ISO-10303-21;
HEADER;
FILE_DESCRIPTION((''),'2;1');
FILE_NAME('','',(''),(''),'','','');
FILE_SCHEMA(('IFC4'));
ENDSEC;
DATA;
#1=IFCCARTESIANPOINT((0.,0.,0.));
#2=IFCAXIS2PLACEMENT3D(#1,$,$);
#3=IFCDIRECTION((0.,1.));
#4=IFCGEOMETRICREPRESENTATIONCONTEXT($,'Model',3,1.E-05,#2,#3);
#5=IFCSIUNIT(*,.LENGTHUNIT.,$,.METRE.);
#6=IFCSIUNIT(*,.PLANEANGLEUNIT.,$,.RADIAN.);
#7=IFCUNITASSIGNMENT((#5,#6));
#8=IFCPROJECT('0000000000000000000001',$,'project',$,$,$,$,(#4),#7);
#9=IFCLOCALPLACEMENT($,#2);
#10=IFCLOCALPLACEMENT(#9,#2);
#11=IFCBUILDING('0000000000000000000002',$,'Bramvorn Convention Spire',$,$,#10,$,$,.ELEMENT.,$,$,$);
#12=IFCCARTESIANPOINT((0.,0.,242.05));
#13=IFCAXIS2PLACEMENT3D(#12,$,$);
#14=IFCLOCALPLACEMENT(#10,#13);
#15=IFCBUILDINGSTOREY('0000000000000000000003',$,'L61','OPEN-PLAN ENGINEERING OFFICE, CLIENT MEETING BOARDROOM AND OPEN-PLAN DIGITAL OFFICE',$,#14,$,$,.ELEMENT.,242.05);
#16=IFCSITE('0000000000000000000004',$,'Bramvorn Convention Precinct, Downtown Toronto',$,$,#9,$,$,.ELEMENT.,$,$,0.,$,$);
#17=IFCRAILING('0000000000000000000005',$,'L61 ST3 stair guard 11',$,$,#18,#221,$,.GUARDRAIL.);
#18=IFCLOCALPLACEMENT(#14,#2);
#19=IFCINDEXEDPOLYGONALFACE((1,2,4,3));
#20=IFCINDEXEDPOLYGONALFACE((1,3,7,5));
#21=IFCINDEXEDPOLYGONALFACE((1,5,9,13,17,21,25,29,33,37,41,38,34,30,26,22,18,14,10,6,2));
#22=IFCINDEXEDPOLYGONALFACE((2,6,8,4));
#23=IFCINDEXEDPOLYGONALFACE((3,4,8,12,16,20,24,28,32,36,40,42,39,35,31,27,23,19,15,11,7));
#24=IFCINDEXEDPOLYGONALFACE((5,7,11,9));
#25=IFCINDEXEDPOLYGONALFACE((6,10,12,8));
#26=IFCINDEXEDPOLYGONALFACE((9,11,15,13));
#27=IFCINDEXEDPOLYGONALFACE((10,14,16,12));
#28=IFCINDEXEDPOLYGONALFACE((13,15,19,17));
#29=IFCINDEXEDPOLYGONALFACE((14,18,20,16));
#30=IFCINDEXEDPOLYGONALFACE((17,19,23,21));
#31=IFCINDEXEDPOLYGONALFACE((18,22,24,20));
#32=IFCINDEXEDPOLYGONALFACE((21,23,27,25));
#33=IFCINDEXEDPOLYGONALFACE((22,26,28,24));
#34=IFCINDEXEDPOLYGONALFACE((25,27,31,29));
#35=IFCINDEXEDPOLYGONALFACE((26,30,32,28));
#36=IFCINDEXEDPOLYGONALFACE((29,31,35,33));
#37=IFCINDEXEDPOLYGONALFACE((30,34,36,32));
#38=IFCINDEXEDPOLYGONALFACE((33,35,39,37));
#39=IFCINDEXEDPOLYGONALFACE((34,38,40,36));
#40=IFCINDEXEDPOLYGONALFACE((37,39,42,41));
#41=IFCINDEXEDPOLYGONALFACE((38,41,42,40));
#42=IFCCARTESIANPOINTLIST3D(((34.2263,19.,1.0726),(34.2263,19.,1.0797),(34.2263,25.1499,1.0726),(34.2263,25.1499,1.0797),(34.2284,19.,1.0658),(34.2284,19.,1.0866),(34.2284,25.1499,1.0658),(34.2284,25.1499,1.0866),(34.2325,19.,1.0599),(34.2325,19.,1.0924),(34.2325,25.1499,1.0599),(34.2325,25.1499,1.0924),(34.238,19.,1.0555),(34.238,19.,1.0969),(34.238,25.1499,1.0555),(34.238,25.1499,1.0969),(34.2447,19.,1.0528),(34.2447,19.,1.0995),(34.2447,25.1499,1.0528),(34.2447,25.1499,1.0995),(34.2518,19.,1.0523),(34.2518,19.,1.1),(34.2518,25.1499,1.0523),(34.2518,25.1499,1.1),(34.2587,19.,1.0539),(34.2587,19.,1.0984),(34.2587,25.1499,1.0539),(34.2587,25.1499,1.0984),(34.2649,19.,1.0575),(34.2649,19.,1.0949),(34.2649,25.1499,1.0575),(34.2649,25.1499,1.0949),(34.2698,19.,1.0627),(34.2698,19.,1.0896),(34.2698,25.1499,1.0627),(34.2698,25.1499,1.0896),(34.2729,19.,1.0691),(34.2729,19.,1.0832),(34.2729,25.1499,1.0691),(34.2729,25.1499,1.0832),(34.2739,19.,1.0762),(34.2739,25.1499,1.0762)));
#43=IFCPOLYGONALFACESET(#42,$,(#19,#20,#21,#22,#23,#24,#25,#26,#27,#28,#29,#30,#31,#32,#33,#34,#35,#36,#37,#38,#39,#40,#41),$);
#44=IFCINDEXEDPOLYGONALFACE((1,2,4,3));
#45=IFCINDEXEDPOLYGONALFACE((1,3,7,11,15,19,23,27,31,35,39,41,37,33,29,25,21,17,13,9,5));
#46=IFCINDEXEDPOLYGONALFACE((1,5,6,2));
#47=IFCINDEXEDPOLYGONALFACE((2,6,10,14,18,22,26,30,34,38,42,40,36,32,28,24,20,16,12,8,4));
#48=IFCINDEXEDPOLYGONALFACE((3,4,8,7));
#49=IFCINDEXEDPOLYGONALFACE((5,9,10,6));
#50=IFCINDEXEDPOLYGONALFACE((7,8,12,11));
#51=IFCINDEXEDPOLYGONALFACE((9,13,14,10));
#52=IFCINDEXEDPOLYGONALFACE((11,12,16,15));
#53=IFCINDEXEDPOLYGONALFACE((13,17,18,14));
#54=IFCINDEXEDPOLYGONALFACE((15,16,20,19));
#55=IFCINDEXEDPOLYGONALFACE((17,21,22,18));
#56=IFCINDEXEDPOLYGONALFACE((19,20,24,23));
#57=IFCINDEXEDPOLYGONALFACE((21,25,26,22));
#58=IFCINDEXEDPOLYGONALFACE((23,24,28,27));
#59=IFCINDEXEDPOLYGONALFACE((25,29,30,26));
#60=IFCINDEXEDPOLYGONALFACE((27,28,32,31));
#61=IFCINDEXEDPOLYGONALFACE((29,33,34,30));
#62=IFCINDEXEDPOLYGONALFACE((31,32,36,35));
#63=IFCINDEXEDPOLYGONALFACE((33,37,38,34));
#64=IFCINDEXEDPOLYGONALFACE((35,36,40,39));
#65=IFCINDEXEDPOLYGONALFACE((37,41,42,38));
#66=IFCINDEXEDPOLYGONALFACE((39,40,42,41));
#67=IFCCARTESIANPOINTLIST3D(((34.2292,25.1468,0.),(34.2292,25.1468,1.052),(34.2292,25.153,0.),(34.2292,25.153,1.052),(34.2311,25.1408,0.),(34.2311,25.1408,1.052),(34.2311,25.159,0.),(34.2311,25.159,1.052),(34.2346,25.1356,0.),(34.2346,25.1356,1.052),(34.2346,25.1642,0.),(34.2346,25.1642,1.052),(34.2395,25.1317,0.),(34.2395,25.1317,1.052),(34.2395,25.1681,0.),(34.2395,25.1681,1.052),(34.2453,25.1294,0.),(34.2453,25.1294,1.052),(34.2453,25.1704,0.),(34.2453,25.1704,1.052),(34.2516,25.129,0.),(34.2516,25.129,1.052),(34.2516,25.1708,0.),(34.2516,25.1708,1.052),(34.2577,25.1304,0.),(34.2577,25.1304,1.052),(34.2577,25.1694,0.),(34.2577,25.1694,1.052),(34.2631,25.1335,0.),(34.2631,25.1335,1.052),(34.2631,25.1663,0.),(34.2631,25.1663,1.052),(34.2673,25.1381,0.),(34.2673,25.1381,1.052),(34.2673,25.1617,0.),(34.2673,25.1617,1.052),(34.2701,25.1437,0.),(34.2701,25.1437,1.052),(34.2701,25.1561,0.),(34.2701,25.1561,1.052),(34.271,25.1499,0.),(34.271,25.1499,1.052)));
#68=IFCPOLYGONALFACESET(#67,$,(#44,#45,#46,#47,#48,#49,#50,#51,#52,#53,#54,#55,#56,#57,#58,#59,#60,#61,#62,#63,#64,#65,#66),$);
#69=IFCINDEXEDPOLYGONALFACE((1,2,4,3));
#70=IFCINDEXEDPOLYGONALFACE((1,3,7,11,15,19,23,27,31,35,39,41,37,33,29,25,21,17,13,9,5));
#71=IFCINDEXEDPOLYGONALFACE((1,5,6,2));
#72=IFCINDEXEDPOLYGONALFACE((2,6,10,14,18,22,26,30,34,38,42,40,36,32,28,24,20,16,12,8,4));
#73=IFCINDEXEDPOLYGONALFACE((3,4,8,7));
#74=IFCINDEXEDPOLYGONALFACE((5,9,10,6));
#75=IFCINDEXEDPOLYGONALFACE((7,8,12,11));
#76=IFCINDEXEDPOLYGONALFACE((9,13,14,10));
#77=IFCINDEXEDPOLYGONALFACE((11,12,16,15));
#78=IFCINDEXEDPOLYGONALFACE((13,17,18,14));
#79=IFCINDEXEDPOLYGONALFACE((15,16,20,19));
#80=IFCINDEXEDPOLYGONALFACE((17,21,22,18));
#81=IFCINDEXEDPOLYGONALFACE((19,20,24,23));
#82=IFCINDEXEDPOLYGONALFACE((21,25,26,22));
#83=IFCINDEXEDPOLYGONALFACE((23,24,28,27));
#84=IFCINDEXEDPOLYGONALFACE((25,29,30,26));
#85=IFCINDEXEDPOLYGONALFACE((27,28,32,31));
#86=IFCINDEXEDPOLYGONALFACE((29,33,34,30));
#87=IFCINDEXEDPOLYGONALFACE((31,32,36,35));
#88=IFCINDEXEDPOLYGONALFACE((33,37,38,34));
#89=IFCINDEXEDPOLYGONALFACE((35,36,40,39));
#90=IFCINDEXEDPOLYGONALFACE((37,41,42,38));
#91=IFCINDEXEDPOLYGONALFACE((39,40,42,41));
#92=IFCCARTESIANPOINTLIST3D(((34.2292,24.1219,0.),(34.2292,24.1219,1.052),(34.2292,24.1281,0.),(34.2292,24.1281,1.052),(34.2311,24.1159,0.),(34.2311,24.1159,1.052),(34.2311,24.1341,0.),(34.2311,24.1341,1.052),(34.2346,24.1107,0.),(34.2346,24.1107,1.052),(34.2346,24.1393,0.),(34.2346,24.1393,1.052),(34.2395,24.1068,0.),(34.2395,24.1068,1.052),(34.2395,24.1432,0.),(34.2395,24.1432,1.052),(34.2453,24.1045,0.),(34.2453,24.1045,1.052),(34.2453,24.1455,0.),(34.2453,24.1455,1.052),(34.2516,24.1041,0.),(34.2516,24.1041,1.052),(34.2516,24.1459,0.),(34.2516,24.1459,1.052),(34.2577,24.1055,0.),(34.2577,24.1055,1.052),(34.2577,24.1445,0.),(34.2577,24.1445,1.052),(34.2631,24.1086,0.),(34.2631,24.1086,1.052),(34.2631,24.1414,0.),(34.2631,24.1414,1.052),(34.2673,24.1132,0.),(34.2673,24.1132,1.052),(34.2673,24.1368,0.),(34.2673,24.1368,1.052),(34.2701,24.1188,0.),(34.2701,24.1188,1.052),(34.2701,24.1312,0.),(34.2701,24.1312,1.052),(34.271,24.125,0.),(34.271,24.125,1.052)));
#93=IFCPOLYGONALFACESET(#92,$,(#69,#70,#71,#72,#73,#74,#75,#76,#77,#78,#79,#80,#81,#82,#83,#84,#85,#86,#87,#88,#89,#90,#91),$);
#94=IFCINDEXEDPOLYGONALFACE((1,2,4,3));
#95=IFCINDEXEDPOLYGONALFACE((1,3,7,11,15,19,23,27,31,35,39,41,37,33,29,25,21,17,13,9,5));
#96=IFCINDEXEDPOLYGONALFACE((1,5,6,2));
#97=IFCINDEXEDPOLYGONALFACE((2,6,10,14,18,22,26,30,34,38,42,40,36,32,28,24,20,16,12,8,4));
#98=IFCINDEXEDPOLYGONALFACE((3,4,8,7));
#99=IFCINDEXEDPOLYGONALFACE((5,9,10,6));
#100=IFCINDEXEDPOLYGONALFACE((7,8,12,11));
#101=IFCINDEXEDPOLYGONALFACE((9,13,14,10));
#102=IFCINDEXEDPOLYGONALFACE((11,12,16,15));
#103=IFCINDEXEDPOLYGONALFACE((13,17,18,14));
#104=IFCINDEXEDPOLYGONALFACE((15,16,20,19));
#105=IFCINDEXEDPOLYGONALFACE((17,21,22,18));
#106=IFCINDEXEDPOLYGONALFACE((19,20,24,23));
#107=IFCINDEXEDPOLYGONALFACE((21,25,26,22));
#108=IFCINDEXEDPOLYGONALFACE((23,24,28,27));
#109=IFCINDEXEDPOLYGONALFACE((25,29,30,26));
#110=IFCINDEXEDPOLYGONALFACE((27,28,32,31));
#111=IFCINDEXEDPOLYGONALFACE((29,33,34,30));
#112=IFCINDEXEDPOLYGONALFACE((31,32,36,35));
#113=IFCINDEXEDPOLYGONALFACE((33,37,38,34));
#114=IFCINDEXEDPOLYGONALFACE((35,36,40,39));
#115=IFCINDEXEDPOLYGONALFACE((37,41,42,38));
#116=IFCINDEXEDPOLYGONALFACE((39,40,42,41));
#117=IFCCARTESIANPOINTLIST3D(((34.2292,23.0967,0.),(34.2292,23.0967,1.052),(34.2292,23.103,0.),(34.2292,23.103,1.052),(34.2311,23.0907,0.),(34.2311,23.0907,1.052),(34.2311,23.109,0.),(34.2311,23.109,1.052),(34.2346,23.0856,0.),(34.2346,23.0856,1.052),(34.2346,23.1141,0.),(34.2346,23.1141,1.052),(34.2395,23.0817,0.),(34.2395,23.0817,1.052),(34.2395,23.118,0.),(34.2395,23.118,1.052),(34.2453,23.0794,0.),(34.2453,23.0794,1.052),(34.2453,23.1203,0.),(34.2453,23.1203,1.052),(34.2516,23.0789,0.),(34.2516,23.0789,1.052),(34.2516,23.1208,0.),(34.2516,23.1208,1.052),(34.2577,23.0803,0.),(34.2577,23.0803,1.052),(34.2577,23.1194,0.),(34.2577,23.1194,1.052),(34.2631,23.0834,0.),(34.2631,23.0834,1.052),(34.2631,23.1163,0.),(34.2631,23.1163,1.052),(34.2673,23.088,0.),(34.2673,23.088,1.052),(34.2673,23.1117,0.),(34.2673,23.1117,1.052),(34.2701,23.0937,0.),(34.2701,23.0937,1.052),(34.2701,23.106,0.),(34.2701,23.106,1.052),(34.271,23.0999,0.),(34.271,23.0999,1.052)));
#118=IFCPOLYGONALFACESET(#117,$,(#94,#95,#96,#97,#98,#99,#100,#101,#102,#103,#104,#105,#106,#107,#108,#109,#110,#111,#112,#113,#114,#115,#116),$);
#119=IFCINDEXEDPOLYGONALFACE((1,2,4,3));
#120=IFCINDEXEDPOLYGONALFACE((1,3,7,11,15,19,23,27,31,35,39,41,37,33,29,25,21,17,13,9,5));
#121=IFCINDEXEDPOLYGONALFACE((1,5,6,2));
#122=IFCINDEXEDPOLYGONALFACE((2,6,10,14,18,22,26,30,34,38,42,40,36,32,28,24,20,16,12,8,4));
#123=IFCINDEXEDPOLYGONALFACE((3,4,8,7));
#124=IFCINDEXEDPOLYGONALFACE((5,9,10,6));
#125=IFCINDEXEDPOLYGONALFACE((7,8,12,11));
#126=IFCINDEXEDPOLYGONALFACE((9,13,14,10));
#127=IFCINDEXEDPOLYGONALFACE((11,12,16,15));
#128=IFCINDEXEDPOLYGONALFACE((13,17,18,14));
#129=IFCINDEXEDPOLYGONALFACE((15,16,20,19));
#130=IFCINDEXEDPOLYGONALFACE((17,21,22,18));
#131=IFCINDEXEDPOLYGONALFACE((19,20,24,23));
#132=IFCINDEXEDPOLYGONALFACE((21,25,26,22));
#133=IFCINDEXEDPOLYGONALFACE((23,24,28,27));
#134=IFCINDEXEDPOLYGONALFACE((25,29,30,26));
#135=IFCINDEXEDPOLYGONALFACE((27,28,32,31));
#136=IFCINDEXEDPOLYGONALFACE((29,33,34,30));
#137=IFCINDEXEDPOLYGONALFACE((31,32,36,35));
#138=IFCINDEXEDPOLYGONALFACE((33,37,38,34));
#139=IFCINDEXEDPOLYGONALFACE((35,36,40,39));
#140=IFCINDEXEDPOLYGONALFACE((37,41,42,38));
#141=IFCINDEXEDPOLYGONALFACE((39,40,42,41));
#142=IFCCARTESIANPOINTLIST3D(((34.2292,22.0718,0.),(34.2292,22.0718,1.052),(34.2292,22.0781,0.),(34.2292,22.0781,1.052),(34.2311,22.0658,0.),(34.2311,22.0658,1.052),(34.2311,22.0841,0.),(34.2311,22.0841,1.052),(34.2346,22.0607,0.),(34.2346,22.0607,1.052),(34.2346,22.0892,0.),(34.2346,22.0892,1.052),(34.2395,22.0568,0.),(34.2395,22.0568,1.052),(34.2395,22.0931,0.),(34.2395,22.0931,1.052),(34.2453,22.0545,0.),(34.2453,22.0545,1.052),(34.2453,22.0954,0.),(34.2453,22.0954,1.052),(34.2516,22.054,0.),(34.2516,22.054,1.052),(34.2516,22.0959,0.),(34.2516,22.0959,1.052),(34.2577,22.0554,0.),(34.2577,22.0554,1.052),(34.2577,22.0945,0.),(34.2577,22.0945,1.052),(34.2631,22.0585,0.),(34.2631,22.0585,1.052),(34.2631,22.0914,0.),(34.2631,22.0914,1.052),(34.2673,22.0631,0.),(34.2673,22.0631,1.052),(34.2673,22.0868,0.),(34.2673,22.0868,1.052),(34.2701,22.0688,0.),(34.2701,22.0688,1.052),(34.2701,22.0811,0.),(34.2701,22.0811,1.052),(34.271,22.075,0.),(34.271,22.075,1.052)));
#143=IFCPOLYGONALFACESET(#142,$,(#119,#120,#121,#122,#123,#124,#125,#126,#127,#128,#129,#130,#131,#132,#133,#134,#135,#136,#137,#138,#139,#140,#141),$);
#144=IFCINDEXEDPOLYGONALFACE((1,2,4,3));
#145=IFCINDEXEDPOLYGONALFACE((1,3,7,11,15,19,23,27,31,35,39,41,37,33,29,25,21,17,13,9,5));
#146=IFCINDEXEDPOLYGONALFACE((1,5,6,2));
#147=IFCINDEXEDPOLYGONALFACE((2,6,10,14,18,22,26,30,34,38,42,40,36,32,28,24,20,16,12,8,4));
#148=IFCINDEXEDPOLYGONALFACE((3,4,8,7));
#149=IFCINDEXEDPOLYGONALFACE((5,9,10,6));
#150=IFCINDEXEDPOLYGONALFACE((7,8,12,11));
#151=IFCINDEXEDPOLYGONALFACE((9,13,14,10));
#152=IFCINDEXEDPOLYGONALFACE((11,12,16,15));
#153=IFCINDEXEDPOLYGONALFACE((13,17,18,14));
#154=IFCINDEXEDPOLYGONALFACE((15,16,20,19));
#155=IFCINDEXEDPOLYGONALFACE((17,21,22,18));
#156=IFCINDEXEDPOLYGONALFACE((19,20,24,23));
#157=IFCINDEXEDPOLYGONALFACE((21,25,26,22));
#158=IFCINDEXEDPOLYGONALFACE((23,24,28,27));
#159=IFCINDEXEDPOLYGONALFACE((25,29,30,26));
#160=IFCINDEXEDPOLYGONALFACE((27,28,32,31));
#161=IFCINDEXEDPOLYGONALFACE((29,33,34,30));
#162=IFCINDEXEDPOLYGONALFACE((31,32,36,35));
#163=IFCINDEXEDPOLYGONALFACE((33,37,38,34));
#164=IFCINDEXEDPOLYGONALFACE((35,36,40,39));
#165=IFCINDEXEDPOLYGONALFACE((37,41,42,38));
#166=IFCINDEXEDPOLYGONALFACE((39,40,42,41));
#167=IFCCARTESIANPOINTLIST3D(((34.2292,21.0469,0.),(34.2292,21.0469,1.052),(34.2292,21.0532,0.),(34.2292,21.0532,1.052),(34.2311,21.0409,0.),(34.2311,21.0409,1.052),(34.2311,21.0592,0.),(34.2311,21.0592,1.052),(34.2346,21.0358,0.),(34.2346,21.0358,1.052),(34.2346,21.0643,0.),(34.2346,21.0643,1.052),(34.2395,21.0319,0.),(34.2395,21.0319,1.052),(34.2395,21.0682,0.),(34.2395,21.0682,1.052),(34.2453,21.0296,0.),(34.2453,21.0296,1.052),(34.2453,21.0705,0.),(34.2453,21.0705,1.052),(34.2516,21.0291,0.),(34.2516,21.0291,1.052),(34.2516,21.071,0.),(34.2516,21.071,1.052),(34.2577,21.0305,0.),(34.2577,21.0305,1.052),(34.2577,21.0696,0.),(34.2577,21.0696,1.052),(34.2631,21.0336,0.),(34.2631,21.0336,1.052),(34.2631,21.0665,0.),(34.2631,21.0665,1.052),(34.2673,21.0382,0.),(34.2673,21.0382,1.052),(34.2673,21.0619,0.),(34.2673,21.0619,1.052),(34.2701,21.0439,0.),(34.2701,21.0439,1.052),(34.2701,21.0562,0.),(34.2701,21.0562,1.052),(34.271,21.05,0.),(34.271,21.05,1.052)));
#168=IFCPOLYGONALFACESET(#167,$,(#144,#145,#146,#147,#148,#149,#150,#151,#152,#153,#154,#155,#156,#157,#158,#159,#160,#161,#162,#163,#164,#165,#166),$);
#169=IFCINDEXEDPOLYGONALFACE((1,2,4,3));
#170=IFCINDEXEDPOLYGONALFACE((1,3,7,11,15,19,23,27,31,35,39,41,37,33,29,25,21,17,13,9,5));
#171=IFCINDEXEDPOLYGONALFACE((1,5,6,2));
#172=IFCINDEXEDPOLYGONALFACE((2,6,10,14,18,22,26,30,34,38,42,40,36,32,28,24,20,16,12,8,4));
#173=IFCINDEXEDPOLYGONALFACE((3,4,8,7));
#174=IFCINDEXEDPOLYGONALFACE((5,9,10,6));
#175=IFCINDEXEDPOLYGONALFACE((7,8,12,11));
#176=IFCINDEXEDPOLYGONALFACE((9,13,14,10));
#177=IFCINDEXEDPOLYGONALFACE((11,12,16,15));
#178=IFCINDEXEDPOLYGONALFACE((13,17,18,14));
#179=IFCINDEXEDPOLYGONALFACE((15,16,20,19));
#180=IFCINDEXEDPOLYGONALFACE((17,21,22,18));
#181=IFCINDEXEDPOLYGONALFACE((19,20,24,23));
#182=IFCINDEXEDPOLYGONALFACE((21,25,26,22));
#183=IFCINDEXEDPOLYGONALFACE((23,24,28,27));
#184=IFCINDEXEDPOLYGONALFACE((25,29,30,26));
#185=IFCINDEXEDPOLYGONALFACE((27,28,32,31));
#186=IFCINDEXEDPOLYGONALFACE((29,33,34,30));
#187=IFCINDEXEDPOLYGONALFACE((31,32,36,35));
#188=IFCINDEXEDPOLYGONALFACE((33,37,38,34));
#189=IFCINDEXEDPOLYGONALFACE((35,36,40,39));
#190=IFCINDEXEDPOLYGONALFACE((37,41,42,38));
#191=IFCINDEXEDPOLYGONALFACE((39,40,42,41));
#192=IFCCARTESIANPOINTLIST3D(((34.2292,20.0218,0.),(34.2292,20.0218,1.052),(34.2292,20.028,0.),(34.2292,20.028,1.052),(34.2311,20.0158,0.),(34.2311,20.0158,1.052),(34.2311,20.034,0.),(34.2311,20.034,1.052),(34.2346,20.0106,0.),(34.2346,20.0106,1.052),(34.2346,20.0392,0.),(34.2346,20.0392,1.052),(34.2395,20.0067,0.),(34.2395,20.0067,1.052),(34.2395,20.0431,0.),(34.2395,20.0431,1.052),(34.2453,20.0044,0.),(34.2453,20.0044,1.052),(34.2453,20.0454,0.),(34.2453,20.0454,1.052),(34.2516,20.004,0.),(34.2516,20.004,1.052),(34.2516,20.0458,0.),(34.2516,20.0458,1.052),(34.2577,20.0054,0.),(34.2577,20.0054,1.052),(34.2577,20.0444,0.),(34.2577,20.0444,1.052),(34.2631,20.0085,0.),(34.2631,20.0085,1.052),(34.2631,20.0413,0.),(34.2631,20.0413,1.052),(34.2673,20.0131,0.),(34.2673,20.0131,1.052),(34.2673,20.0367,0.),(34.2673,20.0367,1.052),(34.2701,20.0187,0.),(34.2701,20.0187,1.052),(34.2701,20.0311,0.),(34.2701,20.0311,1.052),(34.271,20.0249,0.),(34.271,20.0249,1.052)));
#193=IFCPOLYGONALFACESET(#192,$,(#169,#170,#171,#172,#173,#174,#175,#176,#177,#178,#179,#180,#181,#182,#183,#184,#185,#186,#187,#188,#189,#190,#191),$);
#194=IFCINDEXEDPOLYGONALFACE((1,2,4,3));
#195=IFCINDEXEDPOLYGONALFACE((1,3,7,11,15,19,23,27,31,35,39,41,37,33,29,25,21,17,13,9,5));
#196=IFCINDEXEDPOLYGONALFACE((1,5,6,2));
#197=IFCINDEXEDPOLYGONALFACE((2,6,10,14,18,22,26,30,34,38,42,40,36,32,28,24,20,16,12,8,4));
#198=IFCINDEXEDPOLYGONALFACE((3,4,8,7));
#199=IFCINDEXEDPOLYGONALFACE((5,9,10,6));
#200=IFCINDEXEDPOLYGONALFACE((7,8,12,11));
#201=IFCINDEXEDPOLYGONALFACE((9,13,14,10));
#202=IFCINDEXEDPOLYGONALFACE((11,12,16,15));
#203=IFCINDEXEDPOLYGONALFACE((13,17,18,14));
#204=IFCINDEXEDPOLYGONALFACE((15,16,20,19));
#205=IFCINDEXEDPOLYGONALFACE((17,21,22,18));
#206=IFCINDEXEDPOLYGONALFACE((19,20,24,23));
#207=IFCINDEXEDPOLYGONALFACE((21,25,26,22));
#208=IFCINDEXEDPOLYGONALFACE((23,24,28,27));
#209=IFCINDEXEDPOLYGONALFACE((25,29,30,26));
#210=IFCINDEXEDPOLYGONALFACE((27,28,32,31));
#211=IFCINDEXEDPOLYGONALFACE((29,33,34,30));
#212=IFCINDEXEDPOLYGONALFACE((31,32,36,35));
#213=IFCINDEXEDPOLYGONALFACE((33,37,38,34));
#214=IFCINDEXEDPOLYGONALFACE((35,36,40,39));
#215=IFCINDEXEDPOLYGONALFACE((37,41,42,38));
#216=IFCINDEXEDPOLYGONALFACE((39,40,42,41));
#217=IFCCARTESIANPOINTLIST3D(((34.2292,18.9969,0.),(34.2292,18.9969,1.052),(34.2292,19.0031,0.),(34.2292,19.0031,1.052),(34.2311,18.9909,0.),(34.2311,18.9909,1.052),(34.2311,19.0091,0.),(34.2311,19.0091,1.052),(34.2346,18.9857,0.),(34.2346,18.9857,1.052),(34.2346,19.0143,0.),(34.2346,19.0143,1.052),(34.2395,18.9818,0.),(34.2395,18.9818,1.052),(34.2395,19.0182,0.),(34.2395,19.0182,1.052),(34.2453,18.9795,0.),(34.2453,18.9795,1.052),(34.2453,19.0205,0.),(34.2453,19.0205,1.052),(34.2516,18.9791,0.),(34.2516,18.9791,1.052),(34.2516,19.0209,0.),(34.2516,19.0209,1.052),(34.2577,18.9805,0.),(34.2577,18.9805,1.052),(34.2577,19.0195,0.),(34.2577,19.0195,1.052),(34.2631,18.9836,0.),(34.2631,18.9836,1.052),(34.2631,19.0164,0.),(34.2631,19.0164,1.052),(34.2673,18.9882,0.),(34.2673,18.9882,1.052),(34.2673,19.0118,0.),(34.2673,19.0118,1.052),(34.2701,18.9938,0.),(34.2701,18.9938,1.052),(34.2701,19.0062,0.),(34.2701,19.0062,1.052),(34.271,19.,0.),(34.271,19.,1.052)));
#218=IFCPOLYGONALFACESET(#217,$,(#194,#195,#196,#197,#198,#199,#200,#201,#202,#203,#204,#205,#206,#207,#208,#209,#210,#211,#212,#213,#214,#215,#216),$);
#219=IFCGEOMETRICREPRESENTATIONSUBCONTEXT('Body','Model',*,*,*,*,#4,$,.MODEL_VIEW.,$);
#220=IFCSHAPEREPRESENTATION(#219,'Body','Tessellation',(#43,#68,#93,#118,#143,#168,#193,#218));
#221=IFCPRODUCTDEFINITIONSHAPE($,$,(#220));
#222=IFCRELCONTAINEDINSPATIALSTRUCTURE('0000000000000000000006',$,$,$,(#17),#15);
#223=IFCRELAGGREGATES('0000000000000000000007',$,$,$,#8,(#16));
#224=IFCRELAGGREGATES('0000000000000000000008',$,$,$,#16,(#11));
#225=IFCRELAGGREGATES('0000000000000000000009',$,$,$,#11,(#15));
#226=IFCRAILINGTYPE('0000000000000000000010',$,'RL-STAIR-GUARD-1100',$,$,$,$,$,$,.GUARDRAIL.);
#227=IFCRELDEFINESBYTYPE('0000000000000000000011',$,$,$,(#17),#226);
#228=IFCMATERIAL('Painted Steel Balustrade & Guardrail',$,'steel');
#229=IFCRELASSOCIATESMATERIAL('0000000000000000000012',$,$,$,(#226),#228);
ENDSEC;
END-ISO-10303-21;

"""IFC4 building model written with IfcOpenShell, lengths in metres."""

from ifc_helpers import new_model, si_unit, direction, frame, origin, origin_2d, place, context, subcontext, project, spatial, circle, extrude, material, type_object, element, save


model = new_model("IFC4")

# Units and contexts
model_context = context("Model", 3, precision=1e-05, world=origin(), true_north=direction((0.0, 1.0)))
body_context = subcontext(model_context, "Body", "Model", "MODEL_VIEW")
ifc_project = project(units=[si_unit("LENGTHUNIT", "METRE"), si_unit("PLANEANGLEUNIT", "RADIAN")], contexts=[model_context])

# Site, building, storey
site_placement = place(None, origin())
site = spatial("IfcSite", under=ifc_project, at=site_placement, Name="Bramvorn Convention Precinct, Downtown Toronto", CompositionType="ELEMENT", RefElevation=0.0)
building_placement = place(site_placement, origin())
building = spatial("IfcBuilding", under=site, at=building_placement, Name="Bramvorn Convention Spire", CompositionType="ELEMENT")
storey_placement = place(building_placement, frame((0.0, 0.0, 242.05)))
storey = spatial("IfcBuildingStorey", under=building, at=storey_placement, Name="L61", Description="OPEN-PLAN ENGINEERING OFFICE, CLIENT MEETING BOARDROOM AND OPEN-PLAN DIGITAL OFFICE", CompositionType="ELEMENT", Elevation=242.05)

# Railing
ifc_material_1 = material(Name="Painted Steel Balustrade & Guardrail", Category="steel")
railing_type_1 = type_object("IfcRailingType", Name="RL-STAIR-GUARD-1100", PredefinedType="GUARDRAIL", material=ifc_material_1)
railing_1_placement = place(storey_placement, frame((34.25, 25.1499, 0.0)))
element("IfcRailing", 1, at=railing_1_placement, inside=storey, type_object=railing_type_1, Name="L61 ST3 stair guard 11", PredefinedType="GUARDRAIL", context=body_context, shape_type="SweptSolid", body=[
    extrude(circle(Radius=0.0239, at=origin_2d()), frame((0.0, 0.0, 1.0762), z_axis=(0.0, -1.0, 0.0), x_axis=(1.0, 0.0, 0.0)), (0.0, 0.0, 1.0), 6.1499),
    extrude(circle(Radius=0.021, at=origin_2d()), origin(), (0.0, 0.0, 1.0), 1.052),
    extrude(circle(Radius=0.021, at=origin_2d()), frame((0.0, -1.0249, 0.0)), (0.0, 0.0, 1.0), 1.052),
    extrude(circle(Radius=0.021, at=origin_2d()), frame((0.0, -2.05, 0.0)), (0.0, 0.0, 1.0), 1.052),
    extrude(circle(Radius=0.021, at=origin_2d()), frame((0.0, -3.075, 0.0)), (0.0, 0.0, 1.0), 1.052),
    extrude(circle(Radius=0.021, at=origin_2d()), frame((0.0, -4.0999, 0.0)), (0.0, 0.0, 1.0), 1.052),
    extrude(circle(Radius=0.021, at=origin_2d()), frame((0.0, -5.125, 0.0)), (0.0, 0.0, 1.0), 1.052),
    extrude(circle(Radius=0.021, at=origin_2d()), frame((0.0, -6.1499, 0.0)), (0.0, 0.0, 1.0), 1.052),
])

save(model, "model.ifc")
